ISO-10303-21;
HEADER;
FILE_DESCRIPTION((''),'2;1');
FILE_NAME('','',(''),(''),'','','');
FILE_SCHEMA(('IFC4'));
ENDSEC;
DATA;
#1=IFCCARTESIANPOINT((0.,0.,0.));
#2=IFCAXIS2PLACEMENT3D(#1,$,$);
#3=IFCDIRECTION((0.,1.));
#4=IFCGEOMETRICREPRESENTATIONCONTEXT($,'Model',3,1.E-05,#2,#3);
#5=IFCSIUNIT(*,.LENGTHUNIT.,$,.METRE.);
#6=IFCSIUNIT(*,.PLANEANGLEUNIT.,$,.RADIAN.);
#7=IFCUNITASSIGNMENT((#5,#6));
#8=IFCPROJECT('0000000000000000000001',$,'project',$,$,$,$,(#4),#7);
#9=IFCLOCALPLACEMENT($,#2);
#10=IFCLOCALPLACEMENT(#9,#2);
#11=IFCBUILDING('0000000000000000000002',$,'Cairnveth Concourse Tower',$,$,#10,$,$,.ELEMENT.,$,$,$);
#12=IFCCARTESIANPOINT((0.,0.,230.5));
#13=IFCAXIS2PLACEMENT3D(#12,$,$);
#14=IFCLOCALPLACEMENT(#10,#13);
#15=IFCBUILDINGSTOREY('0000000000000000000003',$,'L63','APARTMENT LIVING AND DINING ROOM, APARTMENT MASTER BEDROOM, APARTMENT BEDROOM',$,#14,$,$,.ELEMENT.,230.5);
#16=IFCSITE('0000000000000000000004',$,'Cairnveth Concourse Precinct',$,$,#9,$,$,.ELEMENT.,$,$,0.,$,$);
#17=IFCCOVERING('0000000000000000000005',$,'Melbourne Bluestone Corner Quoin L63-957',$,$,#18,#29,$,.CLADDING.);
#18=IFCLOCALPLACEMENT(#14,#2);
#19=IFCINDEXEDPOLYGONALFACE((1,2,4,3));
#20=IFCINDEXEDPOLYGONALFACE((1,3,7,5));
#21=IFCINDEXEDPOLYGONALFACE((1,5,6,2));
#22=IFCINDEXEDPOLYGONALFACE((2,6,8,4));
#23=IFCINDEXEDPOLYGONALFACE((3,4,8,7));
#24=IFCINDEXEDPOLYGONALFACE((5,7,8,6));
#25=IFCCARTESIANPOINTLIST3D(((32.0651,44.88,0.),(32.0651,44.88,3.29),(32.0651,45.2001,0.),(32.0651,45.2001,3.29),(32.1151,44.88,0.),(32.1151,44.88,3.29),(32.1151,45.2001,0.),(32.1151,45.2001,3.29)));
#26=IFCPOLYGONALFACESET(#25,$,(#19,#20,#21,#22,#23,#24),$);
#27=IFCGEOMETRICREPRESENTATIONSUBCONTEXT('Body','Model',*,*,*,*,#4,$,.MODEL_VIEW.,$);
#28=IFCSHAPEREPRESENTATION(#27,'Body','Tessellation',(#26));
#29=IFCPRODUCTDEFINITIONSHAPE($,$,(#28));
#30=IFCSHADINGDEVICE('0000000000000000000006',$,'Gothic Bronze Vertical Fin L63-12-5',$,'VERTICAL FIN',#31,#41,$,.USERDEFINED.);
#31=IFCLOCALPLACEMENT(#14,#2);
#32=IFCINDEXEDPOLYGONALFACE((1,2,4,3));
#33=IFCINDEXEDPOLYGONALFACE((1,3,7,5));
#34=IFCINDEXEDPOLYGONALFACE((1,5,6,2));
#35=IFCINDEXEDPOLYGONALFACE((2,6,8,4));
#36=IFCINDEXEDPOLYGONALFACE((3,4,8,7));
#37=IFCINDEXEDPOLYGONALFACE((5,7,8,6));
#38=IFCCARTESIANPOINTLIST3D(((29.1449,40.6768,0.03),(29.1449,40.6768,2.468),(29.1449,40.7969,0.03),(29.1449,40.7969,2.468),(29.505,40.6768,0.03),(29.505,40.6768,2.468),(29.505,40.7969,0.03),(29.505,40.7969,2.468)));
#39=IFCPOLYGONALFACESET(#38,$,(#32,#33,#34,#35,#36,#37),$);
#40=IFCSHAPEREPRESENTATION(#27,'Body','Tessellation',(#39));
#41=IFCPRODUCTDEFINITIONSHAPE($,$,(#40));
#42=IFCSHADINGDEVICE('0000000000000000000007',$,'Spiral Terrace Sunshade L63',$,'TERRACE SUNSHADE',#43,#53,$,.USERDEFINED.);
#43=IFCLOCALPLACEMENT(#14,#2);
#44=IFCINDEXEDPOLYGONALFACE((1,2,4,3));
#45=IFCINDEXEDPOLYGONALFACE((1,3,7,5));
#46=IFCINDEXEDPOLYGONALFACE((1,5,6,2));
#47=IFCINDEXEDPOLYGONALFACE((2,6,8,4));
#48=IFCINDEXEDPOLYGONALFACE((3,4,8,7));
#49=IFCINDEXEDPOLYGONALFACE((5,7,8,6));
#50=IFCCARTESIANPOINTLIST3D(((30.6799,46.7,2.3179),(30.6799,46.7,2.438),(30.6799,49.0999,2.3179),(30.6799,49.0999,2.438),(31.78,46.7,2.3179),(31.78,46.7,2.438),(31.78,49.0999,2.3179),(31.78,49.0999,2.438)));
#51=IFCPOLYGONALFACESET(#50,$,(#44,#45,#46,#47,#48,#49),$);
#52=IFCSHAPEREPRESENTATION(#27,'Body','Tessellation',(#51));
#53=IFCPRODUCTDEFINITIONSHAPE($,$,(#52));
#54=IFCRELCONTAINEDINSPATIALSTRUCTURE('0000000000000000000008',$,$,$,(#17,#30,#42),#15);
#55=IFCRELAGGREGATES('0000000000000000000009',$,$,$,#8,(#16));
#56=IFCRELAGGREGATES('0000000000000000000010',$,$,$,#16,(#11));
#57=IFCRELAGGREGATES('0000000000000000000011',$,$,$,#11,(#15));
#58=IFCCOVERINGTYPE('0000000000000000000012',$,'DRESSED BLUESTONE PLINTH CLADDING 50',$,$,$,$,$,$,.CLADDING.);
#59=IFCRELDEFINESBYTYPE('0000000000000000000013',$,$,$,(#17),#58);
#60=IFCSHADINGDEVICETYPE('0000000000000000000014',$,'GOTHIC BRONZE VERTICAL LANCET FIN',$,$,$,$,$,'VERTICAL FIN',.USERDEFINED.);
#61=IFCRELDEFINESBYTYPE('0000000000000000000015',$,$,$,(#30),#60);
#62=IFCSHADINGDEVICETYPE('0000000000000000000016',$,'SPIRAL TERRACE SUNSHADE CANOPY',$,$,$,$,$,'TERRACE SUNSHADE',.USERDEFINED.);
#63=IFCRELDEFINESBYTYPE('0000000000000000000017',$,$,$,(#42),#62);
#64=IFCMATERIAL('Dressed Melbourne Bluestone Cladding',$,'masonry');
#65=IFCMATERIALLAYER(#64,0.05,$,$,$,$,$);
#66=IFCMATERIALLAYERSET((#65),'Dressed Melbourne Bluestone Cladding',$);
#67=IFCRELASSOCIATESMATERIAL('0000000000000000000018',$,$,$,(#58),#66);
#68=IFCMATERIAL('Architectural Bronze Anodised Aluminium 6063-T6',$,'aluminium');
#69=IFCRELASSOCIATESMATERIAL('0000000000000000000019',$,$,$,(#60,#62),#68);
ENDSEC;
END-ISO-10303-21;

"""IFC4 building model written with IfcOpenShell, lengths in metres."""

from ifc_helpers import new_model, si_unit, direction, frame, frame_2d, origin, origin_2d, place, context, subcontext, project, spatial, rectangle, extrude, material, layer, layer_set, type_object, element, save


model = new_model("IFC4")

# Units and contexts
model_context = context("Model", 3, precision=1e-05, world=origin(), true_north=direction((0.0, 1.0)))
body_context = subcontext(model_context, "Body", "Model", "MODEL_VIEW")
ifc_project = project(units=[si_unit("LENGTHUNIT", "METRE"), si_unit("PLANEANGLEUNIT", "RADIAN")], contexts=[model_context])

# Site, building, storey
site_placement = place(None, origin())
site = spatial("IfcSite", under=ifc_project, at=site_placement, Name="Cairnveth Concourse Precinct", CompositionType="ELEMENT", RefElevation=0.0)
building_placement = place(site_placement, origin())
building = spatial("IfcBuilding", under=site, at=building_placement, Name="Cairnveth Concourse Tower", CompositionType="ELEMENT")
storey_placement = place(building_placement, frame((0.0, 0.0, 230.5)))
storey = spatial("IfcBuildingStorey", under=building, at=storey_placement, Name="L63", Description="APARTMENT LIVING AND DINING ROOM, APARTMENT MASTER BEDROOM, APARTMENT BEDROOM", CompositionType="ELEMENT", Elevation=230.5)

# Shared definitions
ifc_material_1 = material(Name="Dressed Melbourne Bluestone Cladding", Category="masonry")

# Shared definitions
ifc_material_2 = material(Name="Architectural Bronze Anodised Aluminium 6063-T6", Category="aluminium")

# Covering
ifc_layer_1 = layer(ifc_material_1, 0.05)
ifc_layer_set_1 = layer_set([ifc_layer_1], Name="Dressed Melbourne Bluestone Cladding")
covering_type = type_object("IfcCoveringType", Name="DRESSED BLUESTONE PLINTH CLADDING 50", PredefinedType="CLADDING", material=ifc_layer_set_1)
for number, where, z_axis, x_axis, name in (
    (1, (32.0901, 44.8799, 0.0), (0.0, 0.0, 1.0), (0.0, 1.0, 0.0), "Melbourne Bluestone Corner Quoin L63-957"),
):
    element("IfcCovering", number, at=place(storey_placement, frame(where, z_axis=z_axis, x_axis=x_axis)), inside=storey, type_object=covering_type, Name=name, PredefinedType="CLADDING", context=body_context, shape_type="SweptSolid", body=[
        extrude(rectangle(XDim=0.3201, YDim=0.05, at=frame_2d((0.1602, 0.0))), origin(), (0.0, 0.0, 1.0), 3.29),
    ])

# Shading devices
shading_device_type_1 = type_object("IfcShadingDeviceType", Name="GOTHIC BRONZE VERTICAL LANCET FIN", ElementType="VERTICAL FIN", PredefinedType="USERDEFINED", material=ifc_material_2)
shading_device_1_placement = place(storey_placement, frame((29.325, 40.7368, 0.03), z_axis=(0.0, 0.0, 1.0), x_axis=(0.0, 1.0, 0.0)))
element("IfcShadingDevice", 2, at=shading_device_1_placement, inside=storey, type_object=shading_device_type_1, Name="Gothic Bronze Vertical Fin L63-12-5", ObjectType="VERTICAL FIN", PredefinedType="USERDEFINED", context=body_context, shape_type="SweptSolid", body=[
    extrude(rectangle(XDim=0.1201, YDim=0.3601, at=origin_2d()), origin(), (0.0, 0.0, 1.0), 2.438),
])
shading_device_type_2 = type_object("IfcShadingDeviceType", Name="SPIRAL TERRACE SUNSHADE CANOPY", ElementType="TERRACE SUNSHADE", PredefinedType="USERDEFINED", material=ifc_material_2)
shading_device_2_placement = place(storey_placement, frame((31.23, 47.8999, 2.3179), z_axis=(0.0, 0.0, 1.0), x_axis=(1.0, 0.0, 0.0)))
element("IfcShadingDevice", 3, at=shading_device_2_placement, inside=storey, type_object=shading_device_type_2, Name="Spiral Terrace Sunshade L63", ObjectType="TERRACE SUNSHADE", PredefinedType="USERDEFINED", context=body_context, shape_type="SweptSolid", body=[
    extrude(rectangle(XDim=1.1001, YDim=2.3999, at=origin_2d()), origin(), (0.0, 0.0, 1.0), 0.1201),
])

save(model, "model.ifc")
